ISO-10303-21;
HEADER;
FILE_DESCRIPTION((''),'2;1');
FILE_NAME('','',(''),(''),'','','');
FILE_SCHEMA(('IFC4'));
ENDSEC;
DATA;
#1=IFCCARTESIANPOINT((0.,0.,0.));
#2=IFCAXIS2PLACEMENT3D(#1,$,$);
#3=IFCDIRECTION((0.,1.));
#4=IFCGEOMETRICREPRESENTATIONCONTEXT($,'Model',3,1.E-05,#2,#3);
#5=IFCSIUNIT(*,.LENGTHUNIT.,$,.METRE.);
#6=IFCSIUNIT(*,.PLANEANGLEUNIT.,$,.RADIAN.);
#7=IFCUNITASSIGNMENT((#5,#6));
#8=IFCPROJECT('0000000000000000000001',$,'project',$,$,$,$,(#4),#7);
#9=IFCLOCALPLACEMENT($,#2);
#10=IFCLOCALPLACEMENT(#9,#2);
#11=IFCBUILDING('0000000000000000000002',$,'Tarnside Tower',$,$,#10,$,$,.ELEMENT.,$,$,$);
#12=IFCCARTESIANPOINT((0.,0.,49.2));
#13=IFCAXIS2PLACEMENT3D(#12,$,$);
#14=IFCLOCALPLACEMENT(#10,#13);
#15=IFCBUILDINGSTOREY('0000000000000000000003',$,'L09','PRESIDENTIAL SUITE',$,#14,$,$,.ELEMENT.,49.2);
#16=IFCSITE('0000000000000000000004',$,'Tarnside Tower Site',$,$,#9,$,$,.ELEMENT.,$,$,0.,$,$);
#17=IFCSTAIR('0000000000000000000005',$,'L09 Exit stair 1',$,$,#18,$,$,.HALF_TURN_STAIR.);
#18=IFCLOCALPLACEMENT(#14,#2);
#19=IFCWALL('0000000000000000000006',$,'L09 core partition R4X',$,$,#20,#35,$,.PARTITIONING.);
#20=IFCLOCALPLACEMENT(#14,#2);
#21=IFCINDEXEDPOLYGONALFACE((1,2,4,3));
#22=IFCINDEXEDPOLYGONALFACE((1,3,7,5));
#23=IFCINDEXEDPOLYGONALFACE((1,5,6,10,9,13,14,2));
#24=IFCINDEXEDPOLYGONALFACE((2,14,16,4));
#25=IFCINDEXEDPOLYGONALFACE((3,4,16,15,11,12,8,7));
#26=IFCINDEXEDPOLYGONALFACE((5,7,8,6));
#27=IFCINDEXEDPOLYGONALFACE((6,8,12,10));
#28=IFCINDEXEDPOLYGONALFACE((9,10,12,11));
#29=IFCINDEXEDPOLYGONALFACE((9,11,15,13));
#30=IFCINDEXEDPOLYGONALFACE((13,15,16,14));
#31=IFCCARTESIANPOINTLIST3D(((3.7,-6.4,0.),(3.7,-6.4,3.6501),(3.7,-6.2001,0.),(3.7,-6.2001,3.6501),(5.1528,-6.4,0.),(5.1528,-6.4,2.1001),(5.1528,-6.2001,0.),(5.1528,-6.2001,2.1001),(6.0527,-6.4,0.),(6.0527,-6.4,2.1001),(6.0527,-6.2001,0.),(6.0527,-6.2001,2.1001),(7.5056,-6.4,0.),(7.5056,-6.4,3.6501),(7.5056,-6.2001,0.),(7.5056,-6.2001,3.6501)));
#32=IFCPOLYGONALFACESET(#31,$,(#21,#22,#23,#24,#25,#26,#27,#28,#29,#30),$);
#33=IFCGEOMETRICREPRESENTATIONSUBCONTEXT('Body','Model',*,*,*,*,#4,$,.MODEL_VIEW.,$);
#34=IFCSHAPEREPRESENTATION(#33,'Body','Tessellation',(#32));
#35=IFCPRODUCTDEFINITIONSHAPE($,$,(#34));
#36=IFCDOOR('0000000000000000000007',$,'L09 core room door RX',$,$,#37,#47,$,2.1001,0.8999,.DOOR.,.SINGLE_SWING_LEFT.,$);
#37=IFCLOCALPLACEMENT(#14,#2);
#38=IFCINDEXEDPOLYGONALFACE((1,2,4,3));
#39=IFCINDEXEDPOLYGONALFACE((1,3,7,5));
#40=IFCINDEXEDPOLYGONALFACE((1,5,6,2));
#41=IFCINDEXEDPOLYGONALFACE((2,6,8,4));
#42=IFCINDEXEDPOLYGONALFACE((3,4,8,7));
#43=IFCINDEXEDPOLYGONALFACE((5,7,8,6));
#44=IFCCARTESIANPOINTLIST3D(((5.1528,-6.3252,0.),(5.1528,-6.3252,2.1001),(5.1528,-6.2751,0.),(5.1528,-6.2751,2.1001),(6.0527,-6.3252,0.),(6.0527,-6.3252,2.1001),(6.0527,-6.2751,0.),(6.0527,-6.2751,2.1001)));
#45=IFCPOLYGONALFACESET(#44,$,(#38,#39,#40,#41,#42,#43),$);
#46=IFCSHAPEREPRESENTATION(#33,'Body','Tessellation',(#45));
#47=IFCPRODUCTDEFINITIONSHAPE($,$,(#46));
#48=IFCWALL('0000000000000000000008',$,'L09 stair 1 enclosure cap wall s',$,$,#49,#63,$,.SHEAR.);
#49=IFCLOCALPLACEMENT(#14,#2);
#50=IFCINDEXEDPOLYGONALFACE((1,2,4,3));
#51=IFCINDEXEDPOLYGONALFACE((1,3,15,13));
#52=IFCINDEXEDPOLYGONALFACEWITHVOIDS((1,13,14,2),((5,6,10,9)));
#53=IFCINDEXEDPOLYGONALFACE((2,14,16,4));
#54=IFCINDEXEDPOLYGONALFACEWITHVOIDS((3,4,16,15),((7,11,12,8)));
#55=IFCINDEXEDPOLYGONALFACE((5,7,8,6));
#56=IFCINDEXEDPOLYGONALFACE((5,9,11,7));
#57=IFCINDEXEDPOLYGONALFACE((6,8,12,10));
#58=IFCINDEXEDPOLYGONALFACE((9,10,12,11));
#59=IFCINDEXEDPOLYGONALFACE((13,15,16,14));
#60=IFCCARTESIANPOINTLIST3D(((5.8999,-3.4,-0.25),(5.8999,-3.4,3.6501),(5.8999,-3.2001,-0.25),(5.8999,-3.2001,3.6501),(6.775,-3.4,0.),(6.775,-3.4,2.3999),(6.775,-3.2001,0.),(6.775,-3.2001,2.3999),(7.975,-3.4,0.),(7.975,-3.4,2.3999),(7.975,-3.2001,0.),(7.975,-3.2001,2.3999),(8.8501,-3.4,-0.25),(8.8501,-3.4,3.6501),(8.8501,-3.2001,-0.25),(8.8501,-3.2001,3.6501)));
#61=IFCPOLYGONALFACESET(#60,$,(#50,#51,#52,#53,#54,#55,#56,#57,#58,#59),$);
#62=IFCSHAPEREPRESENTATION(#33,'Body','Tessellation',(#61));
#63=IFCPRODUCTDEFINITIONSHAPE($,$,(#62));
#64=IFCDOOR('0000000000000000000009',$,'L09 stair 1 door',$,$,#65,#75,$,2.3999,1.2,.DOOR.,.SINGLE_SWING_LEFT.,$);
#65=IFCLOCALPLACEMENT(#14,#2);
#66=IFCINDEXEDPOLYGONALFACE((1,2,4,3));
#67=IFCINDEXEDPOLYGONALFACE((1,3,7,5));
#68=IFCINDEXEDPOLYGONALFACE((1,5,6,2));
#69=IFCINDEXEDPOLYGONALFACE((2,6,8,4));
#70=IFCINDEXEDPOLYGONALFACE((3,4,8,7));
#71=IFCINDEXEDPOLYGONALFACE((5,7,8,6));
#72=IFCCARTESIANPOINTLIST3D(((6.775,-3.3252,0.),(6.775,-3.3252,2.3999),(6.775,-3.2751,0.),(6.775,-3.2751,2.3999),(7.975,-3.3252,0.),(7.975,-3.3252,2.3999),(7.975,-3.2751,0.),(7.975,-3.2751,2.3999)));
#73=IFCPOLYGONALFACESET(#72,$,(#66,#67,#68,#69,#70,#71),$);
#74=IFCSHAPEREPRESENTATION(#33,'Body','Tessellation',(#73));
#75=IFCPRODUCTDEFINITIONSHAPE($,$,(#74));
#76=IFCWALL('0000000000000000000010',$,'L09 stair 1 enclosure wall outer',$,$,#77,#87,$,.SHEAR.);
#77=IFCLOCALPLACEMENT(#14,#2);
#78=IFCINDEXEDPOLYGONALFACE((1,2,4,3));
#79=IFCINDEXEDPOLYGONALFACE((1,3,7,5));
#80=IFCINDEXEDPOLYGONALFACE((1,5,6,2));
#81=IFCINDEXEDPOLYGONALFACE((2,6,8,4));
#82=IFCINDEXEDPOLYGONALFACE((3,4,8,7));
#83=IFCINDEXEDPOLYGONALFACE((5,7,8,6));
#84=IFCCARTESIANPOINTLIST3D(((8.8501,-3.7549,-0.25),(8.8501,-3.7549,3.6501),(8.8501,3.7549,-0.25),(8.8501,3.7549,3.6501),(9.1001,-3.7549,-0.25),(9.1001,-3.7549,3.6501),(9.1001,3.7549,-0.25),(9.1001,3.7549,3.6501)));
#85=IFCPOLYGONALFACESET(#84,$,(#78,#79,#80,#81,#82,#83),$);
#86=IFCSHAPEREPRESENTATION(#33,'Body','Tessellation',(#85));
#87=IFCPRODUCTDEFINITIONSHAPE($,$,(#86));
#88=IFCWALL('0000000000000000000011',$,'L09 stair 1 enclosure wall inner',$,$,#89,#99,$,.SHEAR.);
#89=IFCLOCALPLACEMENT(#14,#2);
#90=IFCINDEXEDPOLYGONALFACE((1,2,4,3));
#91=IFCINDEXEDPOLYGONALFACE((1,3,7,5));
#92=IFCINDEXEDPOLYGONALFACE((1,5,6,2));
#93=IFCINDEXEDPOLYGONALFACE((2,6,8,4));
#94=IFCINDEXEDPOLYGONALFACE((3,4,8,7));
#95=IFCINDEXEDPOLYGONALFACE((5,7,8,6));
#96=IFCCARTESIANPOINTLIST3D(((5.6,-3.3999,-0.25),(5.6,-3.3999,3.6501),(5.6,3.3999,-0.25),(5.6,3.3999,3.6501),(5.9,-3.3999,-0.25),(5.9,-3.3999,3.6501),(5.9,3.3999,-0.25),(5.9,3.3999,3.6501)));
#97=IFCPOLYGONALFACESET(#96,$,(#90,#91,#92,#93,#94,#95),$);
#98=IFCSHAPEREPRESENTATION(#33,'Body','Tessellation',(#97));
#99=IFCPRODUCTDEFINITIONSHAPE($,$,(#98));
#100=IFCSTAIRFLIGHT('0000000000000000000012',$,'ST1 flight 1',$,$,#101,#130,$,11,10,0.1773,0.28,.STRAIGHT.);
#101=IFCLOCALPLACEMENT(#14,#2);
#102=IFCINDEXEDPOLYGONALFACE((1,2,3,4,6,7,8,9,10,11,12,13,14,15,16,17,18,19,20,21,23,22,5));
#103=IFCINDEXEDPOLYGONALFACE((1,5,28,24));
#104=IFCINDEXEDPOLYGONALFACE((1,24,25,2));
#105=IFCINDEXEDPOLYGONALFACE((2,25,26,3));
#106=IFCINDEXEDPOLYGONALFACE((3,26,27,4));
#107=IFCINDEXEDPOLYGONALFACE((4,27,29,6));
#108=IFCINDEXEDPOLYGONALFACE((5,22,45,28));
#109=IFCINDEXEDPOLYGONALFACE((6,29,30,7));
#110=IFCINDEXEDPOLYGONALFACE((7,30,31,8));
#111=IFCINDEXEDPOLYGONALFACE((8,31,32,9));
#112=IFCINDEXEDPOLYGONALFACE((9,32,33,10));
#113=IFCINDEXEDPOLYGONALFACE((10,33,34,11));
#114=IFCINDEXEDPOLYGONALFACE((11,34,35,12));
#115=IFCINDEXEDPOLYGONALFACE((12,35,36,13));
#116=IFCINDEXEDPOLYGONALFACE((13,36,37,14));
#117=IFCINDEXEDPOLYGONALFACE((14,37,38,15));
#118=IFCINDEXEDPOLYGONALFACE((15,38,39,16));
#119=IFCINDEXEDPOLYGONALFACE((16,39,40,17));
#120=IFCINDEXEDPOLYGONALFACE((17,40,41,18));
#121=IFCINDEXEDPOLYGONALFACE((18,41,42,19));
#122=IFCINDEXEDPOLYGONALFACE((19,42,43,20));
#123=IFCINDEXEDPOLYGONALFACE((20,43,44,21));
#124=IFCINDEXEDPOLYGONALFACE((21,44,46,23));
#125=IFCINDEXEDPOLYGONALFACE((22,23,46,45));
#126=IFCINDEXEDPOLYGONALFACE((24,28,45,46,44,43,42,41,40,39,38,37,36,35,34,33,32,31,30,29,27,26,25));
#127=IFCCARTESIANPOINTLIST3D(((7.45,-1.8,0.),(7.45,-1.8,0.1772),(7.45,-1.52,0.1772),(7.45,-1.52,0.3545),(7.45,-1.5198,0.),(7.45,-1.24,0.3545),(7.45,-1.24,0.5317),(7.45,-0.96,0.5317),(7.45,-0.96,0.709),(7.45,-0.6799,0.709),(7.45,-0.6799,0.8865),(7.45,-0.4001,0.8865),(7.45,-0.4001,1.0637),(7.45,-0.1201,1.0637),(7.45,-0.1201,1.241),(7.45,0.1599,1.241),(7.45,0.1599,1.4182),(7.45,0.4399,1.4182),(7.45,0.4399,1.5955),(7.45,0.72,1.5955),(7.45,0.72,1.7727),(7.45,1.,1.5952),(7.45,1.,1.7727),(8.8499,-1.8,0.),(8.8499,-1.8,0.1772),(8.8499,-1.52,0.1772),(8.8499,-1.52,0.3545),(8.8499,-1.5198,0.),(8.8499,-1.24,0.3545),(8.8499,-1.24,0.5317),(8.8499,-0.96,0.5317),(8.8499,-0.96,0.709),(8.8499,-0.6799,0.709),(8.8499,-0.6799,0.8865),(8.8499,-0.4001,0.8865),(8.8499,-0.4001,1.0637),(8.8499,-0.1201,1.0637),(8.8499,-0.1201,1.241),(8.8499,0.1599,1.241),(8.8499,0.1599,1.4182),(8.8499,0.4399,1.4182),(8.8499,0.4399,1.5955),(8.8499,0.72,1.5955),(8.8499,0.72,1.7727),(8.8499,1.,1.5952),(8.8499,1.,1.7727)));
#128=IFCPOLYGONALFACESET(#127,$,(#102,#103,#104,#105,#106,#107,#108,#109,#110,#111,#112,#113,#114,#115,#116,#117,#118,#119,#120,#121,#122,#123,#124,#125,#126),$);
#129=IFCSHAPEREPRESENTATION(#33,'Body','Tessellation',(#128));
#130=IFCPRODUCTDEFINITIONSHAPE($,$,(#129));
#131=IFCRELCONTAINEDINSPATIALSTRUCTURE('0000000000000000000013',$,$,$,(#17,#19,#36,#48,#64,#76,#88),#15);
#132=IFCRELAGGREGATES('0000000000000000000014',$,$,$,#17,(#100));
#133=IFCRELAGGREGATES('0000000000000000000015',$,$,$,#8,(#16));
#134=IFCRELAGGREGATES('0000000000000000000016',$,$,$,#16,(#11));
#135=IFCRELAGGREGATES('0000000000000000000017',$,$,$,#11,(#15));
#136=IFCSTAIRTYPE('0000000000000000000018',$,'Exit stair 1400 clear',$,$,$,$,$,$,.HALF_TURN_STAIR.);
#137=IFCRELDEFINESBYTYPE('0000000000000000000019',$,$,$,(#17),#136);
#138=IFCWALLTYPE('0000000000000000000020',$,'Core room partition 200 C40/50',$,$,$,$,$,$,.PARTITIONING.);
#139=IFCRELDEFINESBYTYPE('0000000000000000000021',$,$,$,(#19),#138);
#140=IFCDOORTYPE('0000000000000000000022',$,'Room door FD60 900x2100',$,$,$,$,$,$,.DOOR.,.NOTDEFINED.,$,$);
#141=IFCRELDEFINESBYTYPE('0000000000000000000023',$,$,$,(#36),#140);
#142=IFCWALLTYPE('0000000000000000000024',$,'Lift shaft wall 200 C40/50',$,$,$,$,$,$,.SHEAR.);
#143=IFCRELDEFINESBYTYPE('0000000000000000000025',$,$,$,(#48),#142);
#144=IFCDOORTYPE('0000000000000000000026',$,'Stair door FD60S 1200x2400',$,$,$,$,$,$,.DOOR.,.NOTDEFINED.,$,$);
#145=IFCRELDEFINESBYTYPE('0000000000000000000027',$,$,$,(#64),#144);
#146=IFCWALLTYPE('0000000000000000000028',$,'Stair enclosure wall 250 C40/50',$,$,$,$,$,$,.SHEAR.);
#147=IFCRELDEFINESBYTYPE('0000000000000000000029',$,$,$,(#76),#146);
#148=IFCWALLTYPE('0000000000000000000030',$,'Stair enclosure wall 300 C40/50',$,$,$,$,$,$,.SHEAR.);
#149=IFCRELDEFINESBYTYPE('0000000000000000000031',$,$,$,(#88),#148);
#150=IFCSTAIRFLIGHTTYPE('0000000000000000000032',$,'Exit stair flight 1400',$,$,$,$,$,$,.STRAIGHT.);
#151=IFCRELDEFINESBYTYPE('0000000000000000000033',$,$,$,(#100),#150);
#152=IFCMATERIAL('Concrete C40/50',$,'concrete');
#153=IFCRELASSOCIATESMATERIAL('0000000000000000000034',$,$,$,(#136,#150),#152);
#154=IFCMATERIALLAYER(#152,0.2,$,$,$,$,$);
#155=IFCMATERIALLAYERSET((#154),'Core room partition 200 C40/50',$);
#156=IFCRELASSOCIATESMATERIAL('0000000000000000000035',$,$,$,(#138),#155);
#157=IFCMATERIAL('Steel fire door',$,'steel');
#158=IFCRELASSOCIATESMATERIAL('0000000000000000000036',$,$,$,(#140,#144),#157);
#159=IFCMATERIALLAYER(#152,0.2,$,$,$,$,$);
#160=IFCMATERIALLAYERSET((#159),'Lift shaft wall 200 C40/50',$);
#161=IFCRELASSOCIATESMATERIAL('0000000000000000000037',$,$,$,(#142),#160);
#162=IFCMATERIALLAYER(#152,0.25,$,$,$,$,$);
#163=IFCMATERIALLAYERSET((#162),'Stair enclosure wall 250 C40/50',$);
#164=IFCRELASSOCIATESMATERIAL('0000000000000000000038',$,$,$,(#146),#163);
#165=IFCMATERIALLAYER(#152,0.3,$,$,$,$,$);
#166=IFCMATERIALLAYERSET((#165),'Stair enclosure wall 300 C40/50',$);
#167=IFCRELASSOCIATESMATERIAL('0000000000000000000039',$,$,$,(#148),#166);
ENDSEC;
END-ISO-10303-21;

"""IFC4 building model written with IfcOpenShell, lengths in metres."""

from ifc_helpers import new_model, si_unit, direction, frame, frame_2d, origin, place, context, subcontext, project, spatial, polyline, rectangle, outline, extrude, material, layer, layer_set, type_object, element, fill, aggregate, save


model = new_model("IFC4")

# Units and contexts
model_context = context("Model", 3, precision=1e-05, world=origin(), true_north=direction((0.0, 1.0)))
body_context = subcontext(model_context, "Body", "Model", "MODEL_VIEW")
ifc_project = project(units=[si_unit("LENGTHUNIT", "METRE"), si_unit("PLANEANGLEUNIT", "RADIAN")], contexts=[model_context])

# Site, building, storey
site_placement = place(None, origin())
site = spatial("IfcSite", under=ifc_project, at=site_placement, Name="Tarnside Tower Site", CompositionType="ELEMENT", RefElevation=0.0)
building_placement = place(site_placement, origin())
building = spatial("IfcBuilding", under=site, at=building_placement, Name="Tarnside Tower", CompositionType="ELEMENT")
storey_placement = place(building_placement, frame((0.0, 0.0, 49.2)))
storey = spatial("IfcBuildingStorey", under=building, at=storey_placement, Name="L09", Description="PRESIDENTIAL SUITE", CompositionType="ELEMENT", Elevation=49.2)

# Shared definitions
ifc_material_1 = material(Name="Concrete C40/50", Category="concrete")

# Stair
stair_type = type_object("IfcStairType", Name="Exit stair 1400 clear", PredefinedType="HALF_TURN_STAIR", material=ifc_material_1)
stair_1_placement = place(storey_placement, origin())
stair_1 = element("IfcStair", 1, at=stair_1_placement, inside=storey, type_object=stair_type, Name="L09 Exit stair 1", PredefinedType="HALF_TURN_STAIR")

# Walls, openings, doors
ifc_layer_1 = layer(ifc_material_1, 0.2)
ifc_layer_set_1 = layer_set([ifc_layer_1], Name="Core room partition 200 C40/50")
wall_type_1 = type_object("IfcWallType", Name="Core room partition 200 C40/50", PredefinedType="PARTITIONING", material=ifc_layer_set_1)
ifc_material_2 = material(Name="Steel fire door", Category="steel")
door_type_1 = type_object("IfcDoorType", Name="Room door FD60 900x2100", OperationType="NOTDEFINED", PredefinedType="DOOR", material=ifc_material_2)
wall_1_placement = place(storey_placement, frame((3.7, -6.3, 0.0), z_axis=(0.0, 0.0, 1.0), x_axis=(1.0, 0.0, 0.0)))
wall_1 = element("IfcWall", 2, at=wall_1_placement, inside=storey, type_object=wall_type_1, Name="L09 core partition R4X", PredefinedType="PARTITIONING", context=body_context, shape_type="SweptSolid", body=[
    extrude(rectangle(XDim=3.8057, YDim=0.2, at=frame_2d((1.9028, 0.0))), origin(), (0.0, 0.0, 1.0), 3.6501),
])
opening_1_placement = place(wall_1_placement, frame((1.4529, 0.0, 0.0)))
opening_1 = element("IfcOpeningElement", 3, at=opening_1_placement, cuts=wall_1, PredefinedType="OPENING", context=body_context, shape_type="SweptSolid", body=[
    extrude(rectangle(XDim=0.8999, YDim=2.1001, at=frame_2d((0.45, 1.05))), frame((0.0, 0.1099, 0.0), z_axis=(0.0, -1.0, 0.0), x_axis=(1.0, 0.0, 0.0)), (0.0, 0.0, 1.0), 0.22),
])
door_1_placement = place(opening_1_placement, origin())
door_1 = element("IfcDoor", 4, at=door_1_placement, inside=storey, type_object=door_type_1, Name="L09 core room door RX", OperationType="SINGLE_SWING_LEFT", OverallHeight=2.1001, OverallWidth=0.8999, PredefinedType="DOOR", context=body_context, shape_type="SweptSolid", body=[
    extrude(rectangle(XDim=0.8999, YDim=2.1001, at=frame_2d((0.45, 1.05))), frame((0.0, 0.0249, 0.0), z_axis=(0.0, -1.0, 0.0), x_axis=(1.0, 0.0, 0.0)), (0.0, 0.0, 1.0), 0.05),
])
fill(opening_1, door_1)
ifc_layer_2 = layer(ifc_material_1, 0.2)
ifc_layer_set_2 = layer_set([ifc_layer_2], Name="Lift shaft wall 200 C40/50")
wall_type_2 = type_object("IfcWallType", Name="Lift shaft wall 200 C40/50", PredefinedType="SHEAR", material=ifc_layer_set_2)
wall_2_placement = place(storey_placement, frame((5.8999, -3.3, -0.25), z_axis=(0.0, 0.0, 1.0), x_axis=(1.0, 0.0, 0.0)))
wall_2 = element("IfcWall", 5, at=wall_2_placement, inside=storey, type_object=wall_type_2, Name="L09 stair 1 enclosure cap wall s", PredefinedType="SHEAR", context=body_context, shape_type="SweptSolid", body=[
    extrude(rectangle(XDim=2.9502, YDim=0.2, at=frame_2d((1.4751, 0.0))), origin(), (0.0, 0.0, 1.0), 3.9001),
])
opening_2_placement = place(wall_2_placement, frame((0.875, 0.0, 0.25)))
opening_2 = element("IfcOpeningElement", 6, at=opening_2_placement, cuts=wall_2, PredefinedType="OPENING", context=body_context, shape_type="SweptSolid", body=[
    extrude(rectangle(XDim=1.2, YDim=2.3999, at=frame_2d((0.6001, 1.2))), frame((0.0, 0.1099, 0.0), z_axis=(0.0, -1.0, 0.0), x_axis=(1.0, 0.0, 0.0)), (0.0, 0.0, 1.0), 0.22),
])
door_type_2 = type_object("IfcDoorType", Name="Stair door FD60S 1200x2400", OperationType="NOTDEFINED", PredefinedType="DOOR", material=ifc_material_2)
door_2_placement = place(opening_2_placement, origin())
door_2 = element("IfcDoor", 7, at=door_2_placement, inside=storey, type_object=door_type_2, Name="L09 stair 1 door", OperationType="SINGLE_SWING_LEFT", OverallHeight=2.3999, OverallWidth=1.2, PredefinedType="DOOR", context=body_context, shape_type="SweptSolid", body=[
    extrude(rectangle(XDim=1.2, YDim=2.3999, at=frame_2d((0.6001, 1.2))), frame((0.0, 0.0249, 0.0), z_axis=(0.0, -1.0, 0.0), x_axis=(1.0, 0.0, 0.0)), (0.0, 0.0, 1.0), 0.05),
])
fill(opening_2, door_2)

# Walls
ifc_layer_3 = layer(ifc_material_1, 0.25)
ifc_layer_set_3 = layer_set([ifc_layer_3], Name="Stair enclosure wall 250 C40/50")
wall_type_3 = type_object("IfcWallType", Name="Stair enclosure wall 250 C40/50", PredefinedType="SHEAR", material=ifc_layer_set_3)
wall_3_placement = place(storey_placement, frame((8.9751, -3.7549, -0.25), z_axis=(0.0, 0.0, 1.0), x_axis=(0.0, 1.0, 0.0)))
element("IfcWall", 8, at=wall_3_placement, inside=storey, type_object=wall_type_3, Name="L09 stair 1 enclosure wall outer", PredefinedType="SHEAR", context=body_context, shape_type="SweptSolid", body=[
    extrude(rectangle(XDim=7.5098, YDim=0.25, at=frame_2d((3.7549, 0.0))), origin(), (0.0, 0.0, 1.0), 3.9001),
])
ifc_layer_4 = layer(ifc_material_1, 0.3)
ifc_layer_set_4 = layer_set([ifc_layer_4], Name="Stair enclosure wall 300 C40/50")
wall_type_4 = type_object("IfcWallType", Name="Stair enclosure wall 300 C40/50", PredefinedType="SHEAR", material=ifc_layer_set_4)
wall_4_placement = place(storey_placement, frame((5.75, -3.3999, -0.25), z_axis=(0.0, 0.0, 1.0), x_axis=(0.0, 1.0, 0.0)))
element("IfcWall", 9, at=wall_4_placement, inside=storey, type_object=wall_type_4, Name="L09 stair 1 enclosure wall inner", PredefinedType="SHEAR", context=body_context, shape_type="SweptSolid", body=[
    extrude(rectangle(XDim=6.7998, YDim=0.3, at=frame_2d((3.3999, 0.0))), origin(), (0.0, 0.0, 1.0), 3.9001),
])

# Stair flight
stair_flight_type = type_object("IfcStairFlightType", Name="Exit stair flight 1400", PredefinedType="STRAIGHT", material=ifc_material_1)
stair_flight_placement = place(storey_placement, frame((8.1499, -1.8, 0.0), z_axis=(0.0, 0.0, 1.0), x_axis=(0.0, 1.0, 0.0)))
stair_flight = element("IfcStairFlight", 10, at=stair_flight_placement, type_object=stair_flight_type, Name="ST1 flight 1", NumberOfRisers=11, NumberOfTreads=10, PredefinedType="STRAIGHT", RiserHeight=0.1773, TreadLength=0.28, context=body_context, shape_type="SweptSolid", body=[
    extrude(outline(polyline([(0.0, 0.0), (0.0, 0.1772), (0.28, 0.1772), (0.28, 0.3545), (0.5601, 0.3545), (0.5601, 0.5317), (0.8401, 0.5317), (0.8401, 0.709), (1.1201, 0.709), (1.1201, 0.8865), (1.3999, 0.8865), (1.3999, 1.0637), (1.6799, 1.0637), (1.6799, 1.241), (1.96, 1.241), (1.96, 1.4182), (2.24, 1.4182), (2.24, 1.5955), (2.52, 1.5955), (2.52, 1.7727), (2.8, 1.7727), (2.8, 1.95), (2.8, 1.5952), (0.2803, 0.0), (0.0, 0.0)])), frame((0.0, 0.7, 0.0), z_axis=(0.0, -1.0, 0.0), x_axis=(1.0, 0.0, 0.0)), (0.0, 0.0, 1.0), 1.3999),
])
aggregate(stair_1, [stair_flight])

save(model, "model.ifc")
